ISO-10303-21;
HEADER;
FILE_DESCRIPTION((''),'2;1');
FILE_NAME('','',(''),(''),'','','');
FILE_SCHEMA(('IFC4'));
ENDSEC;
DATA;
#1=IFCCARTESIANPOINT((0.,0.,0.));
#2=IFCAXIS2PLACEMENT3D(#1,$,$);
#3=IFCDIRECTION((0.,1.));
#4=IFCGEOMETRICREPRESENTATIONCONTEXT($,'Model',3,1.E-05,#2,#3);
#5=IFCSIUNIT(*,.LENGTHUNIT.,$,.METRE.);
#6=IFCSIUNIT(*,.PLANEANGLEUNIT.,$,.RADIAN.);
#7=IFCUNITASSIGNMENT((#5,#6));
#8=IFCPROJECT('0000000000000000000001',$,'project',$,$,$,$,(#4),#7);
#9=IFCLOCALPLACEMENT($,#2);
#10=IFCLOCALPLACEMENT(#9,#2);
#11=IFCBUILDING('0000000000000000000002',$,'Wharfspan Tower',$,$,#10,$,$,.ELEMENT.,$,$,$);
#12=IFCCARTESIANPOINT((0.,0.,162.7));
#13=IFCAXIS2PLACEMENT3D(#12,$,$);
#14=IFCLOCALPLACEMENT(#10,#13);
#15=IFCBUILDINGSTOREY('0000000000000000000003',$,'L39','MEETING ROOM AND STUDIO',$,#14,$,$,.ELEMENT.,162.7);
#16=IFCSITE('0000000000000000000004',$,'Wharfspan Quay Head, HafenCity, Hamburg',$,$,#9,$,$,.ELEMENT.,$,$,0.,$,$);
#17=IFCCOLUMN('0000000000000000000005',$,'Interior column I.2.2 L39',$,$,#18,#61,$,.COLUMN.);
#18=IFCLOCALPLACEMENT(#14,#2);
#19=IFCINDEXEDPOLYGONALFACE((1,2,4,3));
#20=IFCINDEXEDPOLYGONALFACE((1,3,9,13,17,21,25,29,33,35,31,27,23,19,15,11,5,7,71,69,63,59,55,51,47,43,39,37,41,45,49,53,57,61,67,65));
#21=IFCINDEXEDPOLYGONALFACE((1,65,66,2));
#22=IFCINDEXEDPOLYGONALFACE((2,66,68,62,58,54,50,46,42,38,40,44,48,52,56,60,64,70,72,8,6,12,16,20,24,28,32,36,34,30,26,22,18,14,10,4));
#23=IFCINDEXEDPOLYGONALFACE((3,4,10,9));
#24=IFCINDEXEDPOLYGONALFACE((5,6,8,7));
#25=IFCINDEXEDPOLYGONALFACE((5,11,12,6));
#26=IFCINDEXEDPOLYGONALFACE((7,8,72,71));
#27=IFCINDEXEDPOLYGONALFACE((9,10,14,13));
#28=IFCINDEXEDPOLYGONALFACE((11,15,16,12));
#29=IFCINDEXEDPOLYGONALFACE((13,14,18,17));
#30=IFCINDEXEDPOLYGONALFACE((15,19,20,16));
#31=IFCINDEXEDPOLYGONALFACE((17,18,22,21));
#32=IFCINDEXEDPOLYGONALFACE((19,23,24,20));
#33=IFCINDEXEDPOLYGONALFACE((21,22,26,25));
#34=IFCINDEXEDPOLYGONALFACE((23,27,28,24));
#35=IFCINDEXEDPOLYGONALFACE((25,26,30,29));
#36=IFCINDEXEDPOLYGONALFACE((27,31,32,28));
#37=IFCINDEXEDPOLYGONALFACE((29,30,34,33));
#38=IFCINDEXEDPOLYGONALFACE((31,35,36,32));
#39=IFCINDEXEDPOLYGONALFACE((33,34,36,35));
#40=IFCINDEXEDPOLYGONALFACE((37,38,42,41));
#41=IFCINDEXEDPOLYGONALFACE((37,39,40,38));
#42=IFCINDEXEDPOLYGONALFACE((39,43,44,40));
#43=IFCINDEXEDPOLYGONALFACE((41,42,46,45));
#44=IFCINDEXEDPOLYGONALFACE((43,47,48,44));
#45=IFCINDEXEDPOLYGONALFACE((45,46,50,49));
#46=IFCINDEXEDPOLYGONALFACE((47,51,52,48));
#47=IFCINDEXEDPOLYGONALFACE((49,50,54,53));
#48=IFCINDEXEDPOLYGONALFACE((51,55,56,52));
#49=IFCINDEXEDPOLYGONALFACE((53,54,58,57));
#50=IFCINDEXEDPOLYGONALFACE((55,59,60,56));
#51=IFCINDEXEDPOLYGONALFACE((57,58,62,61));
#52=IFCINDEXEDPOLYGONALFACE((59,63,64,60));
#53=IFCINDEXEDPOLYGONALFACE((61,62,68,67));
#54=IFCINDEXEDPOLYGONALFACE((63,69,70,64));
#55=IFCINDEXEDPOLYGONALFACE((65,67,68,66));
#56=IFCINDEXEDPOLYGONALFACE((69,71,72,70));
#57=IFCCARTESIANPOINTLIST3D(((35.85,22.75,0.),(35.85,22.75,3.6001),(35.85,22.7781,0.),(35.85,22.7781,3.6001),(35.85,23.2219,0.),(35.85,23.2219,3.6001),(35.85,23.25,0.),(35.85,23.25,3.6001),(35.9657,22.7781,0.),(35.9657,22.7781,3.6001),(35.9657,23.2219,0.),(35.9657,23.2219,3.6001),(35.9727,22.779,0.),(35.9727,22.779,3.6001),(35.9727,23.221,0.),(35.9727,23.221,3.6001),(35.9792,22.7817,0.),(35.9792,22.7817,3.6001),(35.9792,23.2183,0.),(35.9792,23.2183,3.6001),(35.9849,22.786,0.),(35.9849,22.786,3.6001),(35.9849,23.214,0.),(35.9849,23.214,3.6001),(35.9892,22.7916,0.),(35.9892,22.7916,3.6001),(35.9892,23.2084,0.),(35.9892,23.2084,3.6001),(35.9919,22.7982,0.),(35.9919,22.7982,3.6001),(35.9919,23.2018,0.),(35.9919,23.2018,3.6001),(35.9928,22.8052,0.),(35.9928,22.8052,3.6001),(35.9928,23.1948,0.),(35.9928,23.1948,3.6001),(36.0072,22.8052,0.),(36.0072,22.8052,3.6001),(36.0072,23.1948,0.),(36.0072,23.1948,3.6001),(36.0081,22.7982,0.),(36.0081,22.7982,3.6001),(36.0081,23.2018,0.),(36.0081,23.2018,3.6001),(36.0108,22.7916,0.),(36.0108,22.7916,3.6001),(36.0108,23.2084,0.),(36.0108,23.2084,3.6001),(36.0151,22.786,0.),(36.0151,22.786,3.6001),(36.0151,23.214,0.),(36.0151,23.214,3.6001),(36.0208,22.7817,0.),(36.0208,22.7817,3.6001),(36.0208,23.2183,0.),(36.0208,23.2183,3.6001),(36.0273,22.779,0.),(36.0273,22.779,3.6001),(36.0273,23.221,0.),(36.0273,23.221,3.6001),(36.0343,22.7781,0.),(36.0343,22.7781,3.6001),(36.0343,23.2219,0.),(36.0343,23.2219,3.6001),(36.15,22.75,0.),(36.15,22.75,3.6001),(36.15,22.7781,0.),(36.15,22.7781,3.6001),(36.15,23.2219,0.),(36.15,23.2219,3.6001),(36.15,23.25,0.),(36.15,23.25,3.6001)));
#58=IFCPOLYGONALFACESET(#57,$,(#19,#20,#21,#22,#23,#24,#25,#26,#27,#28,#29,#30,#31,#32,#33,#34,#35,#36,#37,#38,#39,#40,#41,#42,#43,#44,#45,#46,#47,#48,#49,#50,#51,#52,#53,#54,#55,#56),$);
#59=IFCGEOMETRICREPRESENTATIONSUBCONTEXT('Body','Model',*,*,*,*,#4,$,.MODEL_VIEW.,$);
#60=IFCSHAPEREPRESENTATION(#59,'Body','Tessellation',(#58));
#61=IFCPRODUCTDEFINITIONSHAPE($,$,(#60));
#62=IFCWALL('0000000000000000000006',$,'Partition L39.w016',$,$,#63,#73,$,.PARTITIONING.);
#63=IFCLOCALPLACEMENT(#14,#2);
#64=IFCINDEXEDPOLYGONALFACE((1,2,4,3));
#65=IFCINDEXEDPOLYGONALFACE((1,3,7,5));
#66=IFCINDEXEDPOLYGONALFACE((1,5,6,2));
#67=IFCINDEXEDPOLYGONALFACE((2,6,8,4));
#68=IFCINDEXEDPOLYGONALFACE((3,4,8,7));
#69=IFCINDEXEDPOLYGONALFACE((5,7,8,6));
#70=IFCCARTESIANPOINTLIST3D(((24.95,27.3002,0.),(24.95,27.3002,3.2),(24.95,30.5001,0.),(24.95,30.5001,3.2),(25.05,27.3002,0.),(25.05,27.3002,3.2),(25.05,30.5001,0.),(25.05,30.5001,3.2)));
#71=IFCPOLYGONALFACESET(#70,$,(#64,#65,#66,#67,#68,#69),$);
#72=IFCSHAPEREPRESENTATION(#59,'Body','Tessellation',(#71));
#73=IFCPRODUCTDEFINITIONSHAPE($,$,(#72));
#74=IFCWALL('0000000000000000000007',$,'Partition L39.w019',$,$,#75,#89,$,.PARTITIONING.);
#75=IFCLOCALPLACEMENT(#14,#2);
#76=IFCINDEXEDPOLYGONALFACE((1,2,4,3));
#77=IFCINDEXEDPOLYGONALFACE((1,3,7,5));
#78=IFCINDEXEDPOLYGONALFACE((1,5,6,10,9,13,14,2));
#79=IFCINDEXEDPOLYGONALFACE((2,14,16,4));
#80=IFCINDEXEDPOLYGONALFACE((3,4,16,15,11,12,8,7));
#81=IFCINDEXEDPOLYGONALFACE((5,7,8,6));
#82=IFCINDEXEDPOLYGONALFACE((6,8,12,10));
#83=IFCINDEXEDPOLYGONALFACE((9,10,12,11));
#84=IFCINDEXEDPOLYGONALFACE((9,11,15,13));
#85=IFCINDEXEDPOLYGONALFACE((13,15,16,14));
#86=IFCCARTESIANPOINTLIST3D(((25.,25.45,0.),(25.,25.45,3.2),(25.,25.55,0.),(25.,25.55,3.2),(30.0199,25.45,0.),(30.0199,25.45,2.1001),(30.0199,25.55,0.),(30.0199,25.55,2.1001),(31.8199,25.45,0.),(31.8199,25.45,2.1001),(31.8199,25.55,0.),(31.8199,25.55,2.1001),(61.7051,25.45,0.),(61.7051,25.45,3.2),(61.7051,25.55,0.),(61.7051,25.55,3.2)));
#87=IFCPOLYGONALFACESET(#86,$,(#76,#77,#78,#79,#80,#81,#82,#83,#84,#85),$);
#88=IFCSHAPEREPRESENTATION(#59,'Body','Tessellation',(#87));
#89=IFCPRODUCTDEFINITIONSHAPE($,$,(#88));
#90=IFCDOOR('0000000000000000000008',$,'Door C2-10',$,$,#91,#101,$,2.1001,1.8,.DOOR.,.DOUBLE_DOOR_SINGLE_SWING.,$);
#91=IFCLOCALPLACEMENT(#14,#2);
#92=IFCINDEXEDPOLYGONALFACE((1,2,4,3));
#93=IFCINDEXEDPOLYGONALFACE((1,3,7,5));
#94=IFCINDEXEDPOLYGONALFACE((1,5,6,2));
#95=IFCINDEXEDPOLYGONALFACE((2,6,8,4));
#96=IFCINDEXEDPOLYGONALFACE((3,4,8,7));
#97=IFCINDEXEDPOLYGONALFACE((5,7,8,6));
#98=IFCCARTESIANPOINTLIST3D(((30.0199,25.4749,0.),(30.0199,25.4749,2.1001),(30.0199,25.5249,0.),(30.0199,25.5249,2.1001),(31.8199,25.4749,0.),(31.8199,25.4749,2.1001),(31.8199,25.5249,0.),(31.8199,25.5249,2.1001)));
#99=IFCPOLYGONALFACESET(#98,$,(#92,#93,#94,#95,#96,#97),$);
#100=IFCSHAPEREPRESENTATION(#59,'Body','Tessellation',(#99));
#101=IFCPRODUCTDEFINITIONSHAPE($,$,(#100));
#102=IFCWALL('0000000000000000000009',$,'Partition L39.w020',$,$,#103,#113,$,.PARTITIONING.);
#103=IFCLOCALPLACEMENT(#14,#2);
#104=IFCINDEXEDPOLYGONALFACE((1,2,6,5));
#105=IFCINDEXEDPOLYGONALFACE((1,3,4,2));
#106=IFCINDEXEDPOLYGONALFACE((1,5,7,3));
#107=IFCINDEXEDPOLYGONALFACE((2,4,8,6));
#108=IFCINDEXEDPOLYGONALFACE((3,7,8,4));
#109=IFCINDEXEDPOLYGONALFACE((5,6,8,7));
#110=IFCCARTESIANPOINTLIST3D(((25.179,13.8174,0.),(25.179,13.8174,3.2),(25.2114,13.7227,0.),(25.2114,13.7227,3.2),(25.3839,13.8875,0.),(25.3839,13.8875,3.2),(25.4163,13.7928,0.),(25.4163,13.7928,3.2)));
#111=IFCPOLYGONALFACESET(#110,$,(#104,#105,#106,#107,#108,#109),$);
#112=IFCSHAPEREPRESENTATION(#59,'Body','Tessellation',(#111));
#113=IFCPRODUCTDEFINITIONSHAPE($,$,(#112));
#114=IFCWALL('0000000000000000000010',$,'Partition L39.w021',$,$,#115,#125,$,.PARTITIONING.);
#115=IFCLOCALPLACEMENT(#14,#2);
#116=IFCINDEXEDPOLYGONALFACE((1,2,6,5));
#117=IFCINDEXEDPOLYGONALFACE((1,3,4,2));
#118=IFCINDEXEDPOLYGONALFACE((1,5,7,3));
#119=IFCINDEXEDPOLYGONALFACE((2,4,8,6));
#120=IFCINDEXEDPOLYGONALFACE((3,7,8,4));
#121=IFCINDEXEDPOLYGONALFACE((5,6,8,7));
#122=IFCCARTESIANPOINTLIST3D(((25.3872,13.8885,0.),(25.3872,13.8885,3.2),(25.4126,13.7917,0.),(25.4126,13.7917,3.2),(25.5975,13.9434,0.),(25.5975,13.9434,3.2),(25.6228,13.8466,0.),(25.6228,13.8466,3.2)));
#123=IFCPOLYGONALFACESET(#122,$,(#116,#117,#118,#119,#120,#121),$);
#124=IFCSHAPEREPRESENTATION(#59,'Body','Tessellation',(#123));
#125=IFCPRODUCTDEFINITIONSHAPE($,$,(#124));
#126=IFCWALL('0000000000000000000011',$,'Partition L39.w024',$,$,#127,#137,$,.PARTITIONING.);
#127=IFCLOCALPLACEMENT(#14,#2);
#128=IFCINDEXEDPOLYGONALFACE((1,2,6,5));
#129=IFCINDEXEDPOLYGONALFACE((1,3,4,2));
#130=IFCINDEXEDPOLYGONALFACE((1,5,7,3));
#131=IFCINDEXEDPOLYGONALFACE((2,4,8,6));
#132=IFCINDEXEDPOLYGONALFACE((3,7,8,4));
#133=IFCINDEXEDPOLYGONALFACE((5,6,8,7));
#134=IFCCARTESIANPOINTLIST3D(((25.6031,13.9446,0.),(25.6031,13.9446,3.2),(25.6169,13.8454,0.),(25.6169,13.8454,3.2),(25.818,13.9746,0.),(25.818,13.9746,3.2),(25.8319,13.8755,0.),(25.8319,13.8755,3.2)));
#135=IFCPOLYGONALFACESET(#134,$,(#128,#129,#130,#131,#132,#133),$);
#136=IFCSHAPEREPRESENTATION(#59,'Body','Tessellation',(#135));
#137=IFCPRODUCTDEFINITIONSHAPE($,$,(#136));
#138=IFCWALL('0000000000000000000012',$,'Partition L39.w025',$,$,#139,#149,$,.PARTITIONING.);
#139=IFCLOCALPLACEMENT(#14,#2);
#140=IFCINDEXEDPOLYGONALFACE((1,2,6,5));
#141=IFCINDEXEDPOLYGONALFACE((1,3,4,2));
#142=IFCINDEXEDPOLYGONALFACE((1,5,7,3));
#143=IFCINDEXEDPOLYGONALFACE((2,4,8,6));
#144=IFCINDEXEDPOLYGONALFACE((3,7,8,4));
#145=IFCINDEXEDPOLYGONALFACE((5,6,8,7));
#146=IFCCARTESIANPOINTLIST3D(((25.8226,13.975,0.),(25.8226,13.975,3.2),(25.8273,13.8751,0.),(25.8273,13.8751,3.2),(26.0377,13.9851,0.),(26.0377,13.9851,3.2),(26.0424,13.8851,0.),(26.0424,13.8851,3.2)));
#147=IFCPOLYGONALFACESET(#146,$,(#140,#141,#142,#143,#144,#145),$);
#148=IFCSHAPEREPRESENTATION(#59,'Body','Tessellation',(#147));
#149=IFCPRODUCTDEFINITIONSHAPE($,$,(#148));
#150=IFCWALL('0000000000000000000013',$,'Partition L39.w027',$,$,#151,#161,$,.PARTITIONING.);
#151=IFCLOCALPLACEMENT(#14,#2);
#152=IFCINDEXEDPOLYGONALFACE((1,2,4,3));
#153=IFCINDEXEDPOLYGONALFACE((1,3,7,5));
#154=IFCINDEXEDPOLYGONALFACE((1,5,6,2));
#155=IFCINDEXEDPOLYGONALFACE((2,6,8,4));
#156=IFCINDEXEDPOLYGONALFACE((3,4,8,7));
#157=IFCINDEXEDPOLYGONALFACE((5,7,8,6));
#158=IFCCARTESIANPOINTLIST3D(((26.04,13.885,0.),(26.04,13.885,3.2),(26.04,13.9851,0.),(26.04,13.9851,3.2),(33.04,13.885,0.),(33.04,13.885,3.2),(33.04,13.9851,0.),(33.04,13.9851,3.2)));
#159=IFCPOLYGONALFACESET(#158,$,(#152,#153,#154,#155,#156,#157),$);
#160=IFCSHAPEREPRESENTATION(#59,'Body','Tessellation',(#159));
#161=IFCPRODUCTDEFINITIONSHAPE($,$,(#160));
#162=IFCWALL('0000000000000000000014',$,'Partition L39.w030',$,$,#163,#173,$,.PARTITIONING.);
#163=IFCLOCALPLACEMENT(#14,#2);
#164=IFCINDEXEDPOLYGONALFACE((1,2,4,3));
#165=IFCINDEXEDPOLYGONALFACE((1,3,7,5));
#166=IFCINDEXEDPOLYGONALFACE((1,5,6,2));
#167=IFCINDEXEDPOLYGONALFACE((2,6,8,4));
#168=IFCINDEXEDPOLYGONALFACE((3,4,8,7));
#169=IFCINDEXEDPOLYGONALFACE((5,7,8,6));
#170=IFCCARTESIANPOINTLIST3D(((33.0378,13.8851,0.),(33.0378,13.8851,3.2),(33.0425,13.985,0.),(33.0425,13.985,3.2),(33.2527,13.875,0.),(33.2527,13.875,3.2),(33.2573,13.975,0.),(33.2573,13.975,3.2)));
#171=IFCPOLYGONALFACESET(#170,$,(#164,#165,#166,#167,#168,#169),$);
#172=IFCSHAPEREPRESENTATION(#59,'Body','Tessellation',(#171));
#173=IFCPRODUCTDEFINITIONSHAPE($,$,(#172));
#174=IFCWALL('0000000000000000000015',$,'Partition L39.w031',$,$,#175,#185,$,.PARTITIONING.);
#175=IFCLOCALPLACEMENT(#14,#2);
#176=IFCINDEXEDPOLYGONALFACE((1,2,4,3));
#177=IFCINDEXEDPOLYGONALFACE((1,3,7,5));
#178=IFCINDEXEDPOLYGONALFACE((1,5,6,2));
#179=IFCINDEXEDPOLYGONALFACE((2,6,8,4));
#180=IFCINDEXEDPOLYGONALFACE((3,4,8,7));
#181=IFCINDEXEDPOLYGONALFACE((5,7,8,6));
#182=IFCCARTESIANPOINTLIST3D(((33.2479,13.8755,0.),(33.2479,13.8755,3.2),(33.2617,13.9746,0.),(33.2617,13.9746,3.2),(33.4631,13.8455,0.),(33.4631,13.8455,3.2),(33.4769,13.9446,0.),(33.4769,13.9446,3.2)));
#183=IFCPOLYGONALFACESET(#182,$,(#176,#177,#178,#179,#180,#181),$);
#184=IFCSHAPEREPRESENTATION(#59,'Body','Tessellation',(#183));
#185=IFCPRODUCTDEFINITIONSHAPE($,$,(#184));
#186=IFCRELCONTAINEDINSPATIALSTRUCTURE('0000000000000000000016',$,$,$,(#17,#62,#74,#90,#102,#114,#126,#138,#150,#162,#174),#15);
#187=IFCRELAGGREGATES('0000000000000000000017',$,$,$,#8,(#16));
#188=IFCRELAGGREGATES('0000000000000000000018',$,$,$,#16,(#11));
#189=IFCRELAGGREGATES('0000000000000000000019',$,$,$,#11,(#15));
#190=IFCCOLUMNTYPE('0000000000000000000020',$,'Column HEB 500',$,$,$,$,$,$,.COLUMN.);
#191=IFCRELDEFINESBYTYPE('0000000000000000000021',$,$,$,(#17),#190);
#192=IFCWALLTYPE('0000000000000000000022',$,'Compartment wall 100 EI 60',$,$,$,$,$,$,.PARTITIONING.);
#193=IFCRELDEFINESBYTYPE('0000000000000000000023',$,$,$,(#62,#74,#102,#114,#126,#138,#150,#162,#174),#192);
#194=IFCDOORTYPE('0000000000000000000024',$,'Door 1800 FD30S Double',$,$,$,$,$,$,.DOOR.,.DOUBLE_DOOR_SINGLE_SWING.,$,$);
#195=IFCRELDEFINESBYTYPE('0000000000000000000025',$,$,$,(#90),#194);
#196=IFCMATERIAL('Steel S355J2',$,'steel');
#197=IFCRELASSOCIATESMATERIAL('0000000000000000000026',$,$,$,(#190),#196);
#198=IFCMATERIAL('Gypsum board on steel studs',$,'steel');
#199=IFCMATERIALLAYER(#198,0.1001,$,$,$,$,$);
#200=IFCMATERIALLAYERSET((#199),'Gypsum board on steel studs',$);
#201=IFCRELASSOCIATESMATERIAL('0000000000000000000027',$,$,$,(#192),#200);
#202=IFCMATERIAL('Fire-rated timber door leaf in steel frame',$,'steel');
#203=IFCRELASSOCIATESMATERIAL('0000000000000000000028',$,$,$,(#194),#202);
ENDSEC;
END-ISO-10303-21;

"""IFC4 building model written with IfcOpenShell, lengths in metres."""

from ifc_helpers import new_model, si_unit, direction, frame, frame_2d, origin, origin_2d, place, context, subcontext, project, spatial, rectangle, i_section, extrude, material, layer, layer_set, material_profile, profile_set, type_object, element, fill, save


model = new_model("IFC4")

# Units and contexts
model_context = context("Model", 3, precision=1e-05, world=origin(), true_north=direction((0.0, 1.0)))
body_context = subcontext(model_context, "Body", "Model", "MODEL_VIEW")
ifc_project = project(units=[si_unit("LENGTHUNIT", "METRE"), si_unit("PLANEANGLEUNIT", "RADIAN")], contexts=[model_context])

# Site, building, storey
site_placement = place(None, origin())
site = spatial("IfcSite", under=ifc_project, at=site_placement, Name="Wharfspan Quay Head, HafenCity, Hamburg", CompositionType="ELEMENT", RefElevation=0.0)
building_placement = place(site_placement, origin())
building = spatial("IfcBuilding", under=site, at=building_placement, Name="Wharfspan Tower", CompositionType="ELEMENT")
storey_placement = place(building_placement, frame((0.0, 0.0, 162.7)))
storey = spatial("IfcBuildingStorey", under=building, at=storey_placement, Name="L39", Description="MEETING ROOM AND STUDIO", CompositionType="ELEMENT", Elevation=162.7)

# Column
ifc_material_1 = material(Name="Steel S355J2", Category="steel")
ifc_material_profile = material_profile(ifc_material_1, i_section(OverallWidth=0.3, OverallDepth=0.5, WebThickness=0.0144, FlangeThickness=0.0281, FilletRadius=0.0271, at=origin_2d()))
ifc_profile_set = profile_set([ifc_material_profile], Name="Steel S355J2")
column_type = type_object("IfcColumnType", Name="Column HEB 500", PredefinedType="COLUMN", material=ifc_profile_set)
column_placement = place(storey_placement, frame((36.0, 23.0, 0.0), z_axis=(0.0, 0.0, 1.0), x_axis=(1.0, 0.0, 0.0)))
element("IfcColumn", 1, at=column_placement, inside=storey, type_object=column_type, Name="Interior column I.2.2 L39", PredefinedType="COLUMN", context=body_context, shape_type="SweptSolid", body=[
    extrude(i_section(OverallWidth=0.3, OverallDepth=0.5, WebThickness=0.0144, FlangeThickness=0.0281, FilletRadius=0.0271, at=origin_2d()), origin(), (0.0, 0.0, 1.0), 3.6001),
])

# Wall
ifc_material_2 = material(Name="Gypsum board on steel studs", Category="steel")
ifc_layer = layer(ifc_material_2, 0.1001)
ifc_layer_set = layer_set([ifc_layer], Name="Gypsum board on steel studs")
wall_type = type_object("IfcWallType", Name="Compartment wall 100 EI 60", PredefinedType="PARTITIONING", material=ifc_layer_set)
wall_1_placement = place(storey_placement, frame((25.0, 27.3, 0.0), z_axis=(0.0, 0.0, 1.0), x_axis=(0.0, 1.0, 0.0)))
element("IfcWall", 2, at=wall_1_placement, inside=storey, type_object=wall_type, Name="Partition L39.w016", PredefinedType="PARTITIONING", context=body_context, shape_type="SweptSolid", body=[
    extrude(rectangle(XDim=3.2, YDim=0.1001, at=frame_2d((1.6001, 0.0))), origin(), (0.0, 0.0, 1.0), 3.2),
])

# Wall, opening, door
wall_2_placement = place(storey_placement, frame((25.0, 25.5, 0.0), z_axis=(0.0, 0.0, 1.0), x_axis=(1.0, 0.0, 0.0)))
wall_2 = element("IfcWall", 3, at=wall_2_placement, inside=storey, type_object=wall_type, Name="Partition L39.w019", PredefinedType="PARTITIONING", context=body_context, shape_type="SweptSolid", body=[
    extrude(rectangle(XDim=36.7051, YDim=0.1001, at=frame_2d((18.3525, 0.0))), origin(), (0.0, 0.0, 1.0), 3.2),
])
opening_placement = place(wall_2_placement, frame((5.02, 0.0, 0.0)))
opening = element("IfcOpeningElement", 4, at=opening_placement, cuts=wall_2, PredefinedType="OPENING", context=body_context, shape_type="SweptSolid", body=[
    extrude(rectangle(XDim=1.8, YDim=2.1001, at=frame_2d((0.8999, 1.05))), frame((0.0, 0.0601, 0.0), z_axis=(0.0, -1.0, 0.0), x_axis=(1.0, 0.0, 0.0)), (0.0, 0.0, 1.0), 0.1201),
])
ifc_material_3 = material(Name="Fire-rated timber door leaf in steel frame", Category="steel")
door_type = type_object("IfcDoorType", Name="Door 1800 FD30S Double", OperationType="DOUBLE_DOOR_SINGLE_SWING", PredefinedType="DOOR", material=ifc_material_3)
door_placement = place(opening_placement, origin())
door = element("IfcDoor", 5, at=door_placement, inside=storey, type_object=door_type, Name="Door C2-10", OperationType="DOUBLE_DOOR_SINGLE_SWING", OverallHeight=2.1001, OverallWidth=1.8, PredefinedType="DOOR", context=body_context, shape_type="SweptSolid", body=[
    extrude(rectangle(XDim=1.8, YDim=2.1001, at=frame_2d((0.8999, 1.05))), frame((0.0, 0.0249, 0.0), z_axis=(0.0, -1.0, 0.0), x_axis=(1.0, 0.0, 0.0)), (0.0, 0.0, 1.0), 0.05),
])
fill(opening, door)

# Walls
wall_3_placement = place(storey_placement, frame((25.1951, 13.77, 0.0), z_axis=(0.0, 0.0, 1.0), x_axis=(0.94617, 0.32366, 0.0)))
element("IfcWall", 6, at=wall_3_placement, inside=storey, type_object=wall_type, Name="Partition L39.w020", PredefinedType="PARTITIONING", context=body_context, shape_type="SweptSolid", body=[
    extrude(rectangle(XDim=0.2166, YDim=0.1001, at=frame_2d((0.1084, 0.0))), origin(), (0.0, 0.0, 1.0), 3.2),
])
wall_4_placement = place(storey_placement, frame((25.3999, 13.8401, 0.0), z_axis=(0.0, 0.0, 1.0), x_axis=(0.967508, 0.252833, 0.0)))
element("IfcWall", 7, at=wall_4_placement, inside=storey, type_object=wall_type, Name="Partition L39.w021", PredefinedType="PARTITIONING", context=body_context, shape_type="SweptSolid", body=[
    extrude(rectangle(XDim=0.2173, YDim=0.1001, at=frame_2d((0.1086, 0.0))), origin(), (0.0, 0.0, 1.0), 3.2),
])
wall_5_placement = place(storey_placement, frame((25.6101, 13.895, 0.0), z_axis=(0.0, 0.0, 1.0), x_axis=(0.990372, 0.138427, 0.0)))
element("IfcWall", 8, at=wall_5_placement, inside=storey, type_object=wall_type, Name="Partition L39.w024", PredefinedType="PARTITIONING", context=body_context, shape_type="SweptSolid", body=[
    extrude(rectangle(XDim=0.217, YDim=0.1001, at=frame_2d((0.1084, 0.0))), origin(), (0.0, 0.0, 1.0), 3.2),
])
wall_6_placement = place(storey_placement, frame((25.825, 13.925, 0.0), z_axis=(0.0, 0.0, 1.0), x_axis=(0.998923, 0.046488, 0.0)))
element("IfcWall", 9, at=wall_6_placement, inside=storey, type_object=wall_type, Name="Partition L39.w025", PredefinedType="PARTITIONING", context=body_context, shape_type="SweptSolid", body=[
    extrude(rectangle(XDim=0.2153, YDim=0.1001, at=frame_2d((0.1077, 0.0))), origin(), (0.0, 0.0, 1.0), 3.2),
])
wall_7_placement = place(storey_placement, frame((26.04, 13.9351, 0.0), z_axis=(0.0, 0.0, 1.0), x_axis=(1.0, 0.0, 0.0)))
element("IfcWall", 10, at=wall_7_placement, inside=storey, type_object=wall_type, Name="Partition L39.w027", PredefinedType="PARTITIONING", context=body_context, shape_type="SweptSolid", body=[
    extrude(rectangle(XDim=7.0, YDim=0.1001, at=frame_2d((3.5, 0.0))), origin(), (0.0, 0.0, 1.0), 3.2),
])
wall_8_placement = place(storey_placement, frame((33.2549, 13.925, 0.0), z_axis=(0.0, 0.0, 1.0), x_axis=(-0.998912, 0.04654, 0.0)))
element("IfcWall", 11, at=wall_8_placement, inside=storey, type_object=wall_type, Name="Partition L39.w030", PredefinedType="PARTITIONING", context=body_context, shape_type="SweptSolid", body=[
    extrude(rectangle(XDim=0.2151, YDim=0.1001, at=frame_2d((0.1074, 0.0))), origin(), (0.0, 0.0, 1.0), 3.2),
])
wall_9_placement = place(storey_placement, frame((33.47, 13.895, 0.0), z_axis=(0.0, 0.0, 1.0), x_axis=(-0.990394, 0.138273, 0.0)))
element("IfcWall", 12, at=wall_9_placement, inside=storey, type_object=wall_type, Name="Partition L39.w031", PredefinedType="PARTITIONING", context=body_context, shape_type="SweptSolid", body=[
    extrude(rectangle(XDim=0.2173, YDim=0.1001, at=frame_2d((0.1086, 0.0))), origin(), (0.0, 0.0, 1.0), 3.2),
])

save(model, "model.ifc")
